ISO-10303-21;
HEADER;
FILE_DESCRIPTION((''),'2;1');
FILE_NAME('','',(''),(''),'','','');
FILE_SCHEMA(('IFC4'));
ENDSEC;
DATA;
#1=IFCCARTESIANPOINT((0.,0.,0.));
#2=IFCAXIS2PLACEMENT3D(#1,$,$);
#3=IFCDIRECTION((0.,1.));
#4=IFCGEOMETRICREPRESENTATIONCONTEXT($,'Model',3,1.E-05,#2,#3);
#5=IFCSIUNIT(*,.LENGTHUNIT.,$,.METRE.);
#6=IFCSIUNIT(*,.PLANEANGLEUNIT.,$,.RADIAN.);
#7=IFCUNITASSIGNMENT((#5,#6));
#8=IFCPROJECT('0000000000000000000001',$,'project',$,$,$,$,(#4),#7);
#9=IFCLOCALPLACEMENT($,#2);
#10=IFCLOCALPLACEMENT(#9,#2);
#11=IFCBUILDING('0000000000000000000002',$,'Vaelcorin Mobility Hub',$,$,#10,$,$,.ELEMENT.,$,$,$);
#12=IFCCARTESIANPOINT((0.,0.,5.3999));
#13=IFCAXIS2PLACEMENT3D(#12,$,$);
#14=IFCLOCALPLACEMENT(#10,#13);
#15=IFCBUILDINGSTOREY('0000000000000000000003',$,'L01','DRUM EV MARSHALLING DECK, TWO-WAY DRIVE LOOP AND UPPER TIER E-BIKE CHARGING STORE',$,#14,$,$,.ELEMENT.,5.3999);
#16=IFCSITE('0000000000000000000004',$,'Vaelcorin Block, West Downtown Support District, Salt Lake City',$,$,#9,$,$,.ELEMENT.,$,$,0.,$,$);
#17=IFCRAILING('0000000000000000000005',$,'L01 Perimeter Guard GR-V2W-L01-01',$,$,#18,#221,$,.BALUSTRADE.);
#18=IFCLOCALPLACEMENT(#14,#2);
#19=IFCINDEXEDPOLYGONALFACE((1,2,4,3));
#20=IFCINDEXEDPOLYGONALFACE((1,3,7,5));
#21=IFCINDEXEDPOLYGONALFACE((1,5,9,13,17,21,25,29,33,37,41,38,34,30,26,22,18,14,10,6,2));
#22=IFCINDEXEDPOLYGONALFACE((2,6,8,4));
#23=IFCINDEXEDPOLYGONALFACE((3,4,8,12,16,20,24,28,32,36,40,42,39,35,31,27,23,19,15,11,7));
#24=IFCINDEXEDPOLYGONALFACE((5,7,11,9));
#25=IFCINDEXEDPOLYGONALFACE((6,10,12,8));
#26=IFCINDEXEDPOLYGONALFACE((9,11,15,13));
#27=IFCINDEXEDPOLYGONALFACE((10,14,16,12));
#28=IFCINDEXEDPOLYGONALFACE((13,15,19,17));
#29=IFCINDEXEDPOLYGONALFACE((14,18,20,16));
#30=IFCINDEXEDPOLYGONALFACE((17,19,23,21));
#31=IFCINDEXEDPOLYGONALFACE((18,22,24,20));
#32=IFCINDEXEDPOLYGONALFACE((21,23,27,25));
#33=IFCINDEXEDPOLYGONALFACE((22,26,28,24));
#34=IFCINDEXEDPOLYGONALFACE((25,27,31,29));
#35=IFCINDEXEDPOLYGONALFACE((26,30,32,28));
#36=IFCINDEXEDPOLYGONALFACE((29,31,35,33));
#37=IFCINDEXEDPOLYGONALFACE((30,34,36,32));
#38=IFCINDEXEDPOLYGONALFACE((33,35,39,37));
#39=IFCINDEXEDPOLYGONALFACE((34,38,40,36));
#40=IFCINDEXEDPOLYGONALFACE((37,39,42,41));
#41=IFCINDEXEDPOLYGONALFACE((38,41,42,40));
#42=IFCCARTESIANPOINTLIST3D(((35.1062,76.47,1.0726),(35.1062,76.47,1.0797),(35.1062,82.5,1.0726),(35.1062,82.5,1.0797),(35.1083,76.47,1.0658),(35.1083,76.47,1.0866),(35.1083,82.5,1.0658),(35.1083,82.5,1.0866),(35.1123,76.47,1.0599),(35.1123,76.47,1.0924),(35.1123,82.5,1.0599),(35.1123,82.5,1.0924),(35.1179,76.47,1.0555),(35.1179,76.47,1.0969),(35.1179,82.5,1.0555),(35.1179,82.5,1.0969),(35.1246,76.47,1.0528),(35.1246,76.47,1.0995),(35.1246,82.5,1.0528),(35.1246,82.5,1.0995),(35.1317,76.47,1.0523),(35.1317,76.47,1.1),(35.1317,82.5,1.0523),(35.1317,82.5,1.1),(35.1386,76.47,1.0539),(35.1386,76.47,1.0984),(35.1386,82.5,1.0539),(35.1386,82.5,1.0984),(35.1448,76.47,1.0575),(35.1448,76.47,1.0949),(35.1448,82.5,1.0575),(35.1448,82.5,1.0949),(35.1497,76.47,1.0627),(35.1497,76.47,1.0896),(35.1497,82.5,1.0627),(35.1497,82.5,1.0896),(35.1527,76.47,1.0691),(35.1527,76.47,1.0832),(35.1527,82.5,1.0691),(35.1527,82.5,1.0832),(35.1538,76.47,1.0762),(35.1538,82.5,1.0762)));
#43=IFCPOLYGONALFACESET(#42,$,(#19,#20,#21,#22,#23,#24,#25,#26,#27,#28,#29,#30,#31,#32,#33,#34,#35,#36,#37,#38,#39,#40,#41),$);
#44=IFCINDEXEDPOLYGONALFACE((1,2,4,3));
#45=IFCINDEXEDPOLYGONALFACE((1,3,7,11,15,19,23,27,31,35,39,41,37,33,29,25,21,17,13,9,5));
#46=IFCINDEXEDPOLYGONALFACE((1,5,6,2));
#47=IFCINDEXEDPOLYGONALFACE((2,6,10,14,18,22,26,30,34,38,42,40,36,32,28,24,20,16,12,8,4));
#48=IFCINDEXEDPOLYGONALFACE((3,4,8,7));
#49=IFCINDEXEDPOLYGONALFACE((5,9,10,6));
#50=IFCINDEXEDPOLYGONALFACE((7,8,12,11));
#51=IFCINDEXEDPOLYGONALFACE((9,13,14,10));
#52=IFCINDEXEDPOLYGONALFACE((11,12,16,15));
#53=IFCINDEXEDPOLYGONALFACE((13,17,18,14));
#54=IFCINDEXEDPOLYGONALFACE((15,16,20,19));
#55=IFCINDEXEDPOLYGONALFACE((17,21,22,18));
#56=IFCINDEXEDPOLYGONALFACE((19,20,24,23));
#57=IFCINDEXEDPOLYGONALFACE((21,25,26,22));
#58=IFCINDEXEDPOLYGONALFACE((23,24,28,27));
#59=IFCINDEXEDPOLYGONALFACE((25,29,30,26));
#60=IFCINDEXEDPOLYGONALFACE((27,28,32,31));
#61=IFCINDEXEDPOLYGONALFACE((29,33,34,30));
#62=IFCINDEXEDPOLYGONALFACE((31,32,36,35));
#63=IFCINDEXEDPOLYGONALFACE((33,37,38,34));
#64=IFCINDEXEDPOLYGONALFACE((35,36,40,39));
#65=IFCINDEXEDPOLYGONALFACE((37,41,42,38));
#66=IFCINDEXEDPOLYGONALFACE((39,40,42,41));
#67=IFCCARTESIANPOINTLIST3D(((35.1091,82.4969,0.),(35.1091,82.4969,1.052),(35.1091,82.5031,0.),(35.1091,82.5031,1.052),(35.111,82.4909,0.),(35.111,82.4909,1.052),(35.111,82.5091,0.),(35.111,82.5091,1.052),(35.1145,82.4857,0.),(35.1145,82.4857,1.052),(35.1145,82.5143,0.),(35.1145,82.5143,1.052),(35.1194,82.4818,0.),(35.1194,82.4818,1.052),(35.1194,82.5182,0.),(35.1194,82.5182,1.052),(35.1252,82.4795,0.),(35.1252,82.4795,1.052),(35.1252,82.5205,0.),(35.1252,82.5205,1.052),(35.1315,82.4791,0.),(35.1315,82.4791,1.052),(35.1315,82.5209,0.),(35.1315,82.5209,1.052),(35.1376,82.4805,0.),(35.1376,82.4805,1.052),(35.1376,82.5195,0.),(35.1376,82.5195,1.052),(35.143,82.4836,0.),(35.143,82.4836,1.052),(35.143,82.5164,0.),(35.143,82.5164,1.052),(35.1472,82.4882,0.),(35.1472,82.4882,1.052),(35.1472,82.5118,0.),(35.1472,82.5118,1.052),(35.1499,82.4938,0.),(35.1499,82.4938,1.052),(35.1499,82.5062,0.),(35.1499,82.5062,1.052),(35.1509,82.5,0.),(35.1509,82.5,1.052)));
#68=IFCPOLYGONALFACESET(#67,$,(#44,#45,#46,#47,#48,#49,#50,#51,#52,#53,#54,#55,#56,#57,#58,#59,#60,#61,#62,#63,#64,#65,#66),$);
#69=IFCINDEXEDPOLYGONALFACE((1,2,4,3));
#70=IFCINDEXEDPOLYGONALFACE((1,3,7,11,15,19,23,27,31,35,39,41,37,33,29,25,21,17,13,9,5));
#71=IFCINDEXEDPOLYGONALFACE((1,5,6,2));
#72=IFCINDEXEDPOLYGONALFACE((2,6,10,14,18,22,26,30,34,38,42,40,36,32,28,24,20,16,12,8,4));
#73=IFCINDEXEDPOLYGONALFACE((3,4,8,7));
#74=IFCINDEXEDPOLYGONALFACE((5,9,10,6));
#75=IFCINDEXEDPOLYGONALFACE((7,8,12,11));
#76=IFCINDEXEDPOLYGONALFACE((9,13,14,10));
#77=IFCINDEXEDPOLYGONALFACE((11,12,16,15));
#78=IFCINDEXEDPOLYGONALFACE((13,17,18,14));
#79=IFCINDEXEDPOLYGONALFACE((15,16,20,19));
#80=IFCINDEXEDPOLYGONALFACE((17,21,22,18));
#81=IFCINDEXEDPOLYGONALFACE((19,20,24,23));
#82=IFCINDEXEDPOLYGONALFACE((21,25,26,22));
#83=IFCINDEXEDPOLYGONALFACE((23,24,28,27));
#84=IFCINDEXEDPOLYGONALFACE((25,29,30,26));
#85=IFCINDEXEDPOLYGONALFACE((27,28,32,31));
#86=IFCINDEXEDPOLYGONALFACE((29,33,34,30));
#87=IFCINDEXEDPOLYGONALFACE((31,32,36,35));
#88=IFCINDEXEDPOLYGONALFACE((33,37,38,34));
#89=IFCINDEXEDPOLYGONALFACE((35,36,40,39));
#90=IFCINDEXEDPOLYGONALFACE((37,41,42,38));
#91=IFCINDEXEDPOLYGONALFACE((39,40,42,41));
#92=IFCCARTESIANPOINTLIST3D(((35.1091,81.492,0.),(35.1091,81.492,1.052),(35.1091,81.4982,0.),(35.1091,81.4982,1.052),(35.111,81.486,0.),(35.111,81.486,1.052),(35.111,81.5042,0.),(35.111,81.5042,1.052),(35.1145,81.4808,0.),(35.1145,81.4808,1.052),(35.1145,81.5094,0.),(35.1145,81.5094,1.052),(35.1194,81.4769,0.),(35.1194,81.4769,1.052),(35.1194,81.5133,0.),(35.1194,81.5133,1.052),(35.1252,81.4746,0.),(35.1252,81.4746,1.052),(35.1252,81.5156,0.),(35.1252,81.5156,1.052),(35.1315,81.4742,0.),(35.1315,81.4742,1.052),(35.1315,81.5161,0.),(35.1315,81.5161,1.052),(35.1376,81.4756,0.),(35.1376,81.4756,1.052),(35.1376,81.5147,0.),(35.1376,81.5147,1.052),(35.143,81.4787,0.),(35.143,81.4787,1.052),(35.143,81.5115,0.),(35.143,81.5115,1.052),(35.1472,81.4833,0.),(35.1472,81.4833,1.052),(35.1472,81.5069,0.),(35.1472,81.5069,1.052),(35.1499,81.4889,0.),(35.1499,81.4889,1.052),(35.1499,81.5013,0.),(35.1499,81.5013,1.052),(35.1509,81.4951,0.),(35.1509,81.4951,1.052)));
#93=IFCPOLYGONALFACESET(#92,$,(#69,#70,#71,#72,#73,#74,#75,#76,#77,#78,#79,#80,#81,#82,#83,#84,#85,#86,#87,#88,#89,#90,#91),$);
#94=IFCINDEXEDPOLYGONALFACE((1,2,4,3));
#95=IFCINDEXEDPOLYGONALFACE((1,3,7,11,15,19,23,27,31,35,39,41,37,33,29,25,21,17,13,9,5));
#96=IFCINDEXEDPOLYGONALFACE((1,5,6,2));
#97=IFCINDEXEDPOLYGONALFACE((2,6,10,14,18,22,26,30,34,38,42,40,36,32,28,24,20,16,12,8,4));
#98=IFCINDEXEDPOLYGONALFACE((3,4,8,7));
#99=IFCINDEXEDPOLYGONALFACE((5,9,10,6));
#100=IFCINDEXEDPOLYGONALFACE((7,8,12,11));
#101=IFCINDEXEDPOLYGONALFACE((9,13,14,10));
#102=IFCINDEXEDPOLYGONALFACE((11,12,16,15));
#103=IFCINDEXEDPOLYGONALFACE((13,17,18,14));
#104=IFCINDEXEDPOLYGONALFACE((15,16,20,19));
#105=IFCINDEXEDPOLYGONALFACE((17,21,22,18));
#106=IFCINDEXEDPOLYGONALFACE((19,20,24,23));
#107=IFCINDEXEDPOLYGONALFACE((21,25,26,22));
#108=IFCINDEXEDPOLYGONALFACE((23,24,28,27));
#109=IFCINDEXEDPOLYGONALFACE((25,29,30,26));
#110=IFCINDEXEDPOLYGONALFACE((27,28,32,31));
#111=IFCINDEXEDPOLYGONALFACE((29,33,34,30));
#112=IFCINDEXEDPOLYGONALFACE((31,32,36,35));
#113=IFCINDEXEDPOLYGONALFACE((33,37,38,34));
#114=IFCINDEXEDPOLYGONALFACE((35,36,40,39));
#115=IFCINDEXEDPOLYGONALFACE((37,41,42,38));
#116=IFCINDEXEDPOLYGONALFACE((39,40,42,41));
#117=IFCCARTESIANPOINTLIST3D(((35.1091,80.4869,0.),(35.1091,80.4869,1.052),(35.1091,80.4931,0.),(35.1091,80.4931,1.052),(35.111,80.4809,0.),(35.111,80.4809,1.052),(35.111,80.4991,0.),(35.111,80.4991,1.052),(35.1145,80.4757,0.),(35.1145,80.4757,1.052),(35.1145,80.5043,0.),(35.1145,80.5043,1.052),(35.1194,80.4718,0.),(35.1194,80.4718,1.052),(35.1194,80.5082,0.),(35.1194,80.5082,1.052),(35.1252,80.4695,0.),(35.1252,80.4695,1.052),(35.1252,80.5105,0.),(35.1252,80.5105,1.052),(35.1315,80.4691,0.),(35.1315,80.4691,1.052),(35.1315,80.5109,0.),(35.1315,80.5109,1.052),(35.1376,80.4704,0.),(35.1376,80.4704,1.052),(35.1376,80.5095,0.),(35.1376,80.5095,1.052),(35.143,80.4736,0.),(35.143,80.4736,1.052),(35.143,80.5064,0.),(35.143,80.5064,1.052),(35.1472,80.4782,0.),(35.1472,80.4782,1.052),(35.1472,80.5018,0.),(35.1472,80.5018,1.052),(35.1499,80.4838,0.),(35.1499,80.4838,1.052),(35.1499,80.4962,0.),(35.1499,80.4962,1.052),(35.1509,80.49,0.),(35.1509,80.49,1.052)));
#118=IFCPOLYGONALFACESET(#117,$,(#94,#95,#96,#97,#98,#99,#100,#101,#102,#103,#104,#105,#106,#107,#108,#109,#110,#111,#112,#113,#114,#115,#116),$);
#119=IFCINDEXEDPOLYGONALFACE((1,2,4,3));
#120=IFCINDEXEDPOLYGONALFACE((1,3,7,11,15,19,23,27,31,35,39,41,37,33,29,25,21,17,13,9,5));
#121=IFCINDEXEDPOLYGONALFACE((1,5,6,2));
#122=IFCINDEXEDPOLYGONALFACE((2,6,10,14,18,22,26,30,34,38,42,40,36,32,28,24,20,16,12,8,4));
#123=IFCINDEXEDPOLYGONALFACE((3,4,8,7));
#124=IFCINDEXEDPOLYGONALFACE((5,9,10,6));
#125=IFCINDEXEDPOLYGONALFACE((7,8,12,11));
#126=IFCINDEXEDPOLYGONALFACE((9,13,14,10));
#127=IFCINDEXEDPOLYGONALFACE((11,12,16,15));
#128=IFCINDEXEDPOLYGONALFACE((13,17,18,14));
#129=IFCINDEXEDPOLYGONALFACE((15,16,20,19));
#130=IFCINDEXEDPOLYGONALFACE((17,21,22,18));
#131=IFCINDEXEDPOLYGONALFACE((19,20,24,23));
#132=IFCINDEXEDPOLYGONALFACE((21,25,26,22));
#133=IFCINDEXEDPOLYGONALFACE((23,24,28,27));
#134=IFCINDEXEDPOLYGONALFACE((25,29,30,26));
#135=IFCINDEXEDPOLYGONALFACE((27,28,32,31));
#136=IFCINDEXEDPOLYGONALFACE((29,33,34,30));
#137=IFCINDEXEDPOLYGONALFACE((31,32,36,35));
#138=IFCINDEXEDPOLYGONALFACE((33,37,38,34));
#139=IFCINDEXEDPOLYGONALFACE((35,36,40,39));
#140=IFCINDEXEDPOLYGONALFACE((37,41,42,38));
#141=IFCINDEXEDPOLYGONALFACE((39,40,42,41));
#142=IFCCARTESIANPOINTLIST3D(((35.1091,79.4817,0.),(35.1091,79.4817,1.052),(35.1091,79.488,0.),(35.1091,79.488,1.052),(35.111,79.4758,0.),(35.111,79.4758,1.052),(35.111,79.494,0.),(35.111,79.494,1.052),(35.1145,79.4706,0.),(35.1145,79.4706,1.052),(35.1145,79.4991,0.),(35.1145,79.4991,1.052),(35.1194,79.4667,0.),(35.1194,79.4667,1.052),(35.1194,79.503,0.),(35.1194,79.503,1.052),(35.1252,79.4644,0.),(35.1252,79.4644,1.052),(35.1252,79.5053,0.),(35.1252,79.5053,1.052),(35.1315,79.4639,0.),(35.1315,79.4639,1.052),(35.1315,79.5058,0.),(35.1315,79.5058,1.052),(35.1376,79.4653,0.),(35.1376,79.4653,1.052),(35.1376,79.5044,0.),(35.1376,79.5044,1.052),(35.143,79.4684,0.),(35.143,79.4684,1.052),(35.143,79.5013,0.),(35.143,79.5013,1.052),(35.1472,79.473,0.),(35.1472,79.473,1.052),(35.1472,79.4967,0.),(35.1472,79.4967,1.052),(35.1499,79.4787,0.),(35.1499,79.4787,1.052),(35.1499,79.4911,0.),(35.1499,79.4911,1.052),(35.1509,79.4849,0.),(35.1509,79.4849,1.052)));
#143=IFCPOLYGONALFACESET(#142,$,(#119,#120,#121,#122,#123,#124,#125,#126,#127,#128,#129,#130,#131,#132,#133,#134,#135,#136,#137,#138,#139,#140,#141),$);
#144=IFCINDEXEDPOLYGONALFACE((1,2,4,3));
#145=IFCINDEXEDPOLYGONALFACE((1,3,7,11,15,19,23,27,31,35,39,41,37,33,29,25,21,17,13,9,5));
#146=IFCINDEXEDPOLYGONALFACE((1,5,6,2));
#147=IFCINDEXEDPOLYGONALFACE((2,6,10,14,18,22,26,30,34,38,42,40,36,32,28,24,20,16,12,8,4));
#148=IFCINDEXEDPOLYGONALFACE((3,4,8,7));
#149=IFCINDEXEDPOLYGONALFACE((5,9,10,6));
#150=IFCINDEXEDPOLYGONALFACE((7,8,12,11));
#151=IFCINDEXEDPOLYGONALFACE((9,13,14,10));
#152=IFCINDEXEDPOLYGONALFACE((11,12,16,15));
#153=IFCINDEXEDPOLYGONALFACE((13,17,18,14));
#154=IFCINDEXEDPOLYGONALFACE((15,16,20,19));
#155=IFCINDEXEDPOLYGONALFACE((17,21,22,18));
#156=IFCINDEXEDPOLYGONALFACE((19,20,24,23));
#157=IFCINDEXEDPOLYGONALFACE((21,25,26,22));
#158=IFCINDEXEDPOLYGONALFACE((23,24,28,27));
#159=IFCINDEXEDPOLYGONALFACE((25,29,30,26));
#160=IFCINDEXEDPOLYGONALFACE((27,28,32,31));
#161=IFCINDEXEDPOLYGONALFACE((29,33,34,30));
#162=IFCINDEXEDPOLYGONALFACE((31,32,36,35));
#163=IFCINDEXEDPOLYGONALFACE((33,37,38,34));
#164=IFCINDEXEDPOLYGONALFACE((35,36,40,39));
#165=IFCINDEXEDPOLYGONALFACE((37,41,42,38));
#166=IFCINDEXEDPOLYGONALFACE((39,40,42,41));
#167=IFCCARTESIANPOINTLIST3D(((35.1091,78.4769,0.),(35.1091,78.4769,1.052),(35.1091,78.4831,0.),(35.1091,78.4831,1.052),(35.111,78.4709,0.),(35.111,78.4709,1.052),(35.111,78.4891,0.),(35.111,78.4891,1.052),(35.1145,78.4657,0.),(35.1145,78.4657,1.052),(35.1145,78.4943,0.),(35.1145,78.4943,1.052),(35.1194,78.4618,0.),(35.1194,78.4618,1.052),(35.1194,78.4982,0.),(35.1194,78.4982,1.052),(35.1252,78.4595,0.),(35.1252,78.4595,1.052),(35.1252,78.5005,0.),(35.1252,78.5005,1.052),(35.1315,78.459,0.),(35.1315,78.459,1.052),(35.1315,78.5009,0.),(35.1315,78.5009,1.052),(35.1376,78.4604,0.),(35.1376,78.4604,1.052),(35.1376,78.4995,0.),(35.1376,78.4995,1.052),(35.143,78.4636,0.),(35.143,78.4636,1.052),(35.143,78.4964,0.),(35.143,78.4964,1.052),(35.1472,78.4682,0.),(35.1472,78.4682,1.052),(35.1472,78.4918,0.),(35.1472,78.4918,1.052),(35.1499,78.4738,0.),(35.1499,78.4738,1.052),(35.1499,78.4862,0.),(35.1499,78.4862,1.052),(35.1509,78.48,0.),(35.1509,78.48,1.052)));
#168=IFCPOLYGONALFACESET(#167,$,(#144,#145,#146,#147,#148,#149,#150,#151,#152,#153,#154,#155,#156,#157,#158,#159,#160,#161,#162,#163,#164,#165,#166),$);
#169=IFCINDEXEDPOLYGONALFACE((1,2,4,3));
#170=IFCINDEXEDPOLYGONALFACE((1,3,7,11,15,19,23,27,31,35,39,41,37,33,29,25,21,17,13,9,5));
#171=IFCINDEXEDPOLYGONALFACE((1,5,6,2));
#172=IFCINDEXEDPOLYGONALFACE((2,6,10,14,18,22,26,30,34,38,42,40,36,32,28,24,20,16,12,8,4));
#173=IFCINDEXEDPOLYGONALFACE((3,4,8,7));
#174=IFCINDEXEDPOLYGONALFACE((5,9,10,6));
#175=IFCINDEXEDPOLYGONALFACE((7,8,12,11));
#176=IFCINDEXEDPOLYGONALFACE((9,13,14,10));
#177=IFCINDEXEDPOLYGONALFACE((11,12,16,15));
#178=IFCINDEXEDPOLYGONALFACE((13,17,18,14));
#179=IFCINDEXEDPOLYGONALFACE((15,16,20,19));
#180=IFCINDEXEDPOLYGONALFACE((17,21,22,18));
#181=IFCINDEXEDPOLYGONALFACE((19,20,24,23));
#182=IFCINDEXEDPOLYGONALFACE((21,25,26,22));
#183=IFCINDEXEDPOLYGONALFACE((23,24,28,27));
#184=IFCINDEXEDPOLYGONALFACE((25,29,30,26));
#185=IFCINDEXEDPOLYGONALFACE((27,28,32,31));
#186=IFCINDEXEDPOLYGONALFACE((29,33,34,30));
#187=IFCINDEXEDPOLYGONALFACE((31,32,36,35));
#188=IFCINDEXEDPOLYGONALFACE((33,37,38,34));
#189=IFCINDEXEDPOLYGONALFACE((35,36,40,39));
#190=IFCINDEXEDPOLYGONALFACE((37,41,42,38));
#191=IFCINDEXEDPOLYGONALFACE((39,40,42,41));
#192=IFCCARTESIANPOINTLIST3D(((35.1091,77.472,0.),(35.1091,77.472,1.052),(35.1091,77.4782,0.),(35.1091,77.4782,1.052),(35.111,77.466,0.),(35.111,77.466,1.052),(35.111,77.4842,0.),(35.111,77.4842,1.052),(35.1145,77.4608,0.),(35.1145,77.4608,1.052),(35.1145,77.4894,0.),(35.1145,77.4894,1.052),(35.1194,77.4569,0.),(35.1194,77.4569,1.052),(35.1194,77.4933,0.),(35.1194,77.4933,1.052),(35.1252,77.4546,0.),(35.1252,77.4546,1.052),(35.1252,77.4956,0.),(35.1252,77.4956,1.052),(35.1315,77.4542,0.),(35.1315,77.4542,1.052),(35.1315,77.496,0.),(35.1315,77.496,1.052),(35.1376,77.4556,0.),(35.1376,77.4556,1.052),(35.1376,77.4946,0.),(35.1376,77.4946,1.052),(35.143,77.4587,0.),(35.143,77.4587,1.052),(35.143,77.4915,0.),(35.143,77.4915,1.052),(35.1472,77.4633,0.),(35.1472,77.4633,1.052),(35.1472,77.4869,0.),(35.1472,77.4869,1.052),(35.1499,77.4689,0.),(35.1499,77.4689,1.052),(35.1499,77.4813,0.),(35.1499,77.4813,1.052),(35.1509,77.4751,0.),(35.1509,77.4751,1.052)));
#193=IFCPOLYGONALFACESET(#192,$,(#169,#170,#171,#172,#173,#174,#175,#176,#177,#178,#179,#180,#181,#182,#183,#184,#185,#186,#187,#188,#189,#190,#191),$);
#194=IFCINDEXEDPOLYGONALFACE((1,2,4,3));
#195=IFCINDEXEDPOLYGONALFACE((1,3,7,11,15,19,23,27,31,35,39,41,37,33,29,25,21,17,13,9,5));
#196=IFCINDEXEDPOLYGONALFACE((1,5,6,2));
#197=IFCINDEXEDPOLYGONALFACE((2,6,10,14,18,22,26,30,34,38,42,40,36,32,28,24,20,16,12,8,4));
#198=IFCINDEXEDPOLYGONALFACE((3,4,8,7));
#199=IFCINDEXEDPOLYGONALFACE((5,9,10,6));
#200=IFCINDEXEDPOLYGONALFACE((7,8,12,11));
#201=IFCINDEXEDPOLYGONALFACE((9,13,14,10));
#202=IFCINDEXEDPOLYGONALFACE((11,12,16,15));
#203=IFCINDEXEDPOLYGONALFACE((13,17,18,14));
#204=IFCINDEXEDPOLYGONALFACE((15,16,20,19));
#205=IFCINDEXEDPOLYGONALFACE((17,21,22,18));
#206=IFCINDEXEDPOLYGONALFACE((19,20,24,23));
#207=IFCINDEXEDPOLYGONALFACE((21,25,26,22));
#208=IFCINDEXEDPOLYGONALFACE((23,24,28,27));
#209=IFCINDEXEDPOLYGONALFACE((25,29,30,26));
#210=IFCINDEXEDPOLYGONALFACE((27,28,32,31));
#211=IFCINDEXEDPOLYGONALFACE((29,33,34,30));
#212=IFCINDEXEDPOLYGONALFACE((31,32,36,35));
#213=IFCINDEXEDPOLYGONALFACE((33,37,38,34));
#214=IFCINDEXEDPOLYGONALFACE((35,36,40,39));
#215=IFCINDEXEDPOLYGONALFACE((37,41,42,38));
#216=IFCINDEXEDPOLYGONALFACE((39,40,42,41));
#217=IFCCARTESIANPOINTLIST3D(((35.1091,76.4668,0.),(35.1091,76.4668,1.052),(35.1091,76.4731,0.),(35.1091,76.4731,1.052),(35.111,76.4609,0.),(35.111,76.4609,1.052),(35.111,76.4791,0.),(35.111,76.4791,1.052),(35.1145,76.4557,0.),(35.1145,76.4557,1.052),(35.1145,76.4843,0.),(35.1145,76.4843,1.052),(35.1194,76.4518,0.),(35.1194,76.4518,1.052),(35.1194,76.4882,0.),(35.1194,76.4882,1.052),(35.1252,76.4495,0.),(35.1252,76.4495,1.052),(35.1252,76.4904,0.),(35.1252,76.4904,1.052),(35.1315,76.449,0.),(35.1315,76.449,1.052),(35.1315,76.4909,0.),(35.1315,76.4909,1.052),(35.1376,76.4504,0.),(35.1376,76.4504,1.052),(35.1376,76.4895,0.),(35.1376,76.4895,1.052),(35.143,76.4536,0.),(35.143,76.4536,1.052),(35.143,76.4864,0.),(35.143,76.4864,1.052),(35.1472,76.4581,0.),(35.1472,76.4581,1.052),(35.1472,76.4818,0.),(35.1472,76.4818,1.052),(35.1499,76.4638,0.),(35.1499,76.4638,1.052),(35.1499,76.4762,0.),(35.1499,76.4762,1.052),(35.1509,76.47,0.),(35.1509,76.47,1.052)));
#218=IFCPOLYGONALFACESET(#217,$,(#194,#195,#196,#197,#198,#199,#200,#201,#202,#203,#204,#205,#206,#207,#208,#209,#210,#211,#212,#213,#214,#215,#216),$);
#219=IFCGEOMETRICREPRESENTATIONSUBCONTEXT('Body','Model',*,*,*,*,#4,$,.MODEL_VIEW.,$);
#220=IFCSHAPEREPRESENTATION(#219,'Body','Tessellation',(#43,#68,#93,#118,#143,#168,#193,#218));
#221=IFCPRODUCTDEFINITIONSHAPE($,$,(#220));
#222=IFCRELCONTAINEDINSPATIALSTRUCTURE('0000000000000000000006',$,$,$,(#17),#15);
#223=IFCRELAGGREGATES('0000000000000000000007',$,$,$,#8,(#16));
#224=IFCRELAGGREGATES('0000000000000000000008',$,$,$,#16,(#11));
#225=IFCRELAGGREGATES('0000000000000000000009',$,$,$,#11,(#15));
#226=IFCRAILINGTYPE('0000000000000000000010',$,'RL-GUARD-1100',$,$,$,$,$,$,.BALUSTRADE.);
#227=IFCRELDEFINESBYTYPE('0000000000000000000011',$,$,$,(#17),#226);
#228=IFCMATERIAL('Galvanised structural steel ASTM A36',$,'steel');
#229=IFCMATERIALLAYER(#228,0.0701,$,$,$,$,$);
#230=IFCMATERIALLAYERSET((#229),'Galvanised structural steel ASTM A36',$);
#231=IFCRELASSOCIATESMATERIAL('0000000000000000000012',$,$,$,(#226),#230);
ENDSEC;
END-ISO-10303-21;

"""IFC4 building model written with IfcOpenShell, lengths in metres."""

from ifc_helpers import new_model, si_unit, direction, frame, origin, origin_2d, place, context, subcontext, project, spatial, circle, extrude, material, layer, layer_set, type_object, element, save


model = new_model("IFC4")

# Units and contexts
model_context = context("Model", 3, precision=1e-05, world=origin(), true_north=direction((0.0, 1.0)))
body_context = subcontext(model_context, "Body", "Model", "MODEL_VIEW")
ifc_project = project(units=[si_unit("LENGTHUNIT", "METRE"), si_unit("PLANEANGLEUNIT", "RADIAN")], contexts=[model_context])

# Site, building, storey
site_placement = place(None, origin())
site = spatial("IfcSite", under=ifc_project, at=site_placement, Name="Vaelcorin Block, West Downtown Support District, Salt Lake City", CompositionType="ELEMENT", RefElevation=0.0)
building_placement = place(site_placement, origin())
building = spatial("IfcBuilding", under=site, at=building_placement, Name="Vaelcorin Mobility Hub", CompositionType="ELEMENT")
storey_placement = place(building_placement, frame((0.0, 0.0, 5.3999)))
storey = spatial("IfcBuildingStorey", under=building, at=storey_placement, Name="L01", Description="DRUM EV MARSHALLING DECK, TWO-WAY DRIVE LOOP AND UPPER TIER E-BIKE CHARGING STORE", CompositionType="ELEMENT", Elevation=5.3999)

# Railing
ifc_material_1 = material(Name="Galvanised structural steel ASTM A36", Category="steel")
ifc_layer_1 = layer(ifc_material_1, 0.0701)
ifc_layer_set_1 = layer_set([ifc_layer_1], Name="Galvanised structural steel ASTM A36")
railing_type_1 = type_object("IfcRailingType", Name="RL-GUARD-1100", PredefinedType="BALUSTRADE", material=ifc_layer_set_1)
railing_1_placement = place(storey_placement, frame((35.1299, 82.5, 0.0)))
element("IfcRailing", 1, at=railing_1_placement, inside=storey, type_object=railing_type_1, Name="L01 Perimeter Guard GR-V2W-L01-01", PredefinedType="BALUSTRADE", context=body_context, shape_type="SweptSolid", body=[
    extrude(circle(Radius=0.0239, at=origin_2d()), frame((0.0, 0.0, 1.0762), z_axis=(0.0, -1.0, 0.0), x_axis=(1.0, 0.0, 0.0)), (0.0, 0.0, 1.0), 6.03),
    extrude(circle(Radius=0.021, at=origin_2d()), origin(), (0.0, 0.0, 1.0), 1.052),
    extrude(circle(Radius=0.021, at=origin_2d()), frame((0.0, -1.0049, 0.0)), (0.0, 0.0, 1.0), 1.052),
    extrude(circle(Radius=0.021, at=origin_2d()), frame((0.0, -2.01, 0.0)), (0.0, 0.0, 1.0), 1.052),
    extrude(circle(Radius=0.021, at=origin_2d()), frame((0.0, -3.0151, 0.0)), (0.0, 0.0, 1.0), 1.052),
    extrude(circle(Radius=0.021, at=origin_2d()), frame((0.0, -4.02, 0.0)), (0.0, 0.0, 1.0), 1.052),
    extrude(circle(Radius=0.021, at=origin_2d()), frame((0.0, -5.0249, 0.0)), (0.0, 0.0, 1.0), 1.052),
    extrude(circle(Radius=0.021, at=origin_2d()), frame((0.0, -6.03, 0.0)), (0.0, 0.0, 1.0), 1.052),
])

save(model, "model.ifc")
